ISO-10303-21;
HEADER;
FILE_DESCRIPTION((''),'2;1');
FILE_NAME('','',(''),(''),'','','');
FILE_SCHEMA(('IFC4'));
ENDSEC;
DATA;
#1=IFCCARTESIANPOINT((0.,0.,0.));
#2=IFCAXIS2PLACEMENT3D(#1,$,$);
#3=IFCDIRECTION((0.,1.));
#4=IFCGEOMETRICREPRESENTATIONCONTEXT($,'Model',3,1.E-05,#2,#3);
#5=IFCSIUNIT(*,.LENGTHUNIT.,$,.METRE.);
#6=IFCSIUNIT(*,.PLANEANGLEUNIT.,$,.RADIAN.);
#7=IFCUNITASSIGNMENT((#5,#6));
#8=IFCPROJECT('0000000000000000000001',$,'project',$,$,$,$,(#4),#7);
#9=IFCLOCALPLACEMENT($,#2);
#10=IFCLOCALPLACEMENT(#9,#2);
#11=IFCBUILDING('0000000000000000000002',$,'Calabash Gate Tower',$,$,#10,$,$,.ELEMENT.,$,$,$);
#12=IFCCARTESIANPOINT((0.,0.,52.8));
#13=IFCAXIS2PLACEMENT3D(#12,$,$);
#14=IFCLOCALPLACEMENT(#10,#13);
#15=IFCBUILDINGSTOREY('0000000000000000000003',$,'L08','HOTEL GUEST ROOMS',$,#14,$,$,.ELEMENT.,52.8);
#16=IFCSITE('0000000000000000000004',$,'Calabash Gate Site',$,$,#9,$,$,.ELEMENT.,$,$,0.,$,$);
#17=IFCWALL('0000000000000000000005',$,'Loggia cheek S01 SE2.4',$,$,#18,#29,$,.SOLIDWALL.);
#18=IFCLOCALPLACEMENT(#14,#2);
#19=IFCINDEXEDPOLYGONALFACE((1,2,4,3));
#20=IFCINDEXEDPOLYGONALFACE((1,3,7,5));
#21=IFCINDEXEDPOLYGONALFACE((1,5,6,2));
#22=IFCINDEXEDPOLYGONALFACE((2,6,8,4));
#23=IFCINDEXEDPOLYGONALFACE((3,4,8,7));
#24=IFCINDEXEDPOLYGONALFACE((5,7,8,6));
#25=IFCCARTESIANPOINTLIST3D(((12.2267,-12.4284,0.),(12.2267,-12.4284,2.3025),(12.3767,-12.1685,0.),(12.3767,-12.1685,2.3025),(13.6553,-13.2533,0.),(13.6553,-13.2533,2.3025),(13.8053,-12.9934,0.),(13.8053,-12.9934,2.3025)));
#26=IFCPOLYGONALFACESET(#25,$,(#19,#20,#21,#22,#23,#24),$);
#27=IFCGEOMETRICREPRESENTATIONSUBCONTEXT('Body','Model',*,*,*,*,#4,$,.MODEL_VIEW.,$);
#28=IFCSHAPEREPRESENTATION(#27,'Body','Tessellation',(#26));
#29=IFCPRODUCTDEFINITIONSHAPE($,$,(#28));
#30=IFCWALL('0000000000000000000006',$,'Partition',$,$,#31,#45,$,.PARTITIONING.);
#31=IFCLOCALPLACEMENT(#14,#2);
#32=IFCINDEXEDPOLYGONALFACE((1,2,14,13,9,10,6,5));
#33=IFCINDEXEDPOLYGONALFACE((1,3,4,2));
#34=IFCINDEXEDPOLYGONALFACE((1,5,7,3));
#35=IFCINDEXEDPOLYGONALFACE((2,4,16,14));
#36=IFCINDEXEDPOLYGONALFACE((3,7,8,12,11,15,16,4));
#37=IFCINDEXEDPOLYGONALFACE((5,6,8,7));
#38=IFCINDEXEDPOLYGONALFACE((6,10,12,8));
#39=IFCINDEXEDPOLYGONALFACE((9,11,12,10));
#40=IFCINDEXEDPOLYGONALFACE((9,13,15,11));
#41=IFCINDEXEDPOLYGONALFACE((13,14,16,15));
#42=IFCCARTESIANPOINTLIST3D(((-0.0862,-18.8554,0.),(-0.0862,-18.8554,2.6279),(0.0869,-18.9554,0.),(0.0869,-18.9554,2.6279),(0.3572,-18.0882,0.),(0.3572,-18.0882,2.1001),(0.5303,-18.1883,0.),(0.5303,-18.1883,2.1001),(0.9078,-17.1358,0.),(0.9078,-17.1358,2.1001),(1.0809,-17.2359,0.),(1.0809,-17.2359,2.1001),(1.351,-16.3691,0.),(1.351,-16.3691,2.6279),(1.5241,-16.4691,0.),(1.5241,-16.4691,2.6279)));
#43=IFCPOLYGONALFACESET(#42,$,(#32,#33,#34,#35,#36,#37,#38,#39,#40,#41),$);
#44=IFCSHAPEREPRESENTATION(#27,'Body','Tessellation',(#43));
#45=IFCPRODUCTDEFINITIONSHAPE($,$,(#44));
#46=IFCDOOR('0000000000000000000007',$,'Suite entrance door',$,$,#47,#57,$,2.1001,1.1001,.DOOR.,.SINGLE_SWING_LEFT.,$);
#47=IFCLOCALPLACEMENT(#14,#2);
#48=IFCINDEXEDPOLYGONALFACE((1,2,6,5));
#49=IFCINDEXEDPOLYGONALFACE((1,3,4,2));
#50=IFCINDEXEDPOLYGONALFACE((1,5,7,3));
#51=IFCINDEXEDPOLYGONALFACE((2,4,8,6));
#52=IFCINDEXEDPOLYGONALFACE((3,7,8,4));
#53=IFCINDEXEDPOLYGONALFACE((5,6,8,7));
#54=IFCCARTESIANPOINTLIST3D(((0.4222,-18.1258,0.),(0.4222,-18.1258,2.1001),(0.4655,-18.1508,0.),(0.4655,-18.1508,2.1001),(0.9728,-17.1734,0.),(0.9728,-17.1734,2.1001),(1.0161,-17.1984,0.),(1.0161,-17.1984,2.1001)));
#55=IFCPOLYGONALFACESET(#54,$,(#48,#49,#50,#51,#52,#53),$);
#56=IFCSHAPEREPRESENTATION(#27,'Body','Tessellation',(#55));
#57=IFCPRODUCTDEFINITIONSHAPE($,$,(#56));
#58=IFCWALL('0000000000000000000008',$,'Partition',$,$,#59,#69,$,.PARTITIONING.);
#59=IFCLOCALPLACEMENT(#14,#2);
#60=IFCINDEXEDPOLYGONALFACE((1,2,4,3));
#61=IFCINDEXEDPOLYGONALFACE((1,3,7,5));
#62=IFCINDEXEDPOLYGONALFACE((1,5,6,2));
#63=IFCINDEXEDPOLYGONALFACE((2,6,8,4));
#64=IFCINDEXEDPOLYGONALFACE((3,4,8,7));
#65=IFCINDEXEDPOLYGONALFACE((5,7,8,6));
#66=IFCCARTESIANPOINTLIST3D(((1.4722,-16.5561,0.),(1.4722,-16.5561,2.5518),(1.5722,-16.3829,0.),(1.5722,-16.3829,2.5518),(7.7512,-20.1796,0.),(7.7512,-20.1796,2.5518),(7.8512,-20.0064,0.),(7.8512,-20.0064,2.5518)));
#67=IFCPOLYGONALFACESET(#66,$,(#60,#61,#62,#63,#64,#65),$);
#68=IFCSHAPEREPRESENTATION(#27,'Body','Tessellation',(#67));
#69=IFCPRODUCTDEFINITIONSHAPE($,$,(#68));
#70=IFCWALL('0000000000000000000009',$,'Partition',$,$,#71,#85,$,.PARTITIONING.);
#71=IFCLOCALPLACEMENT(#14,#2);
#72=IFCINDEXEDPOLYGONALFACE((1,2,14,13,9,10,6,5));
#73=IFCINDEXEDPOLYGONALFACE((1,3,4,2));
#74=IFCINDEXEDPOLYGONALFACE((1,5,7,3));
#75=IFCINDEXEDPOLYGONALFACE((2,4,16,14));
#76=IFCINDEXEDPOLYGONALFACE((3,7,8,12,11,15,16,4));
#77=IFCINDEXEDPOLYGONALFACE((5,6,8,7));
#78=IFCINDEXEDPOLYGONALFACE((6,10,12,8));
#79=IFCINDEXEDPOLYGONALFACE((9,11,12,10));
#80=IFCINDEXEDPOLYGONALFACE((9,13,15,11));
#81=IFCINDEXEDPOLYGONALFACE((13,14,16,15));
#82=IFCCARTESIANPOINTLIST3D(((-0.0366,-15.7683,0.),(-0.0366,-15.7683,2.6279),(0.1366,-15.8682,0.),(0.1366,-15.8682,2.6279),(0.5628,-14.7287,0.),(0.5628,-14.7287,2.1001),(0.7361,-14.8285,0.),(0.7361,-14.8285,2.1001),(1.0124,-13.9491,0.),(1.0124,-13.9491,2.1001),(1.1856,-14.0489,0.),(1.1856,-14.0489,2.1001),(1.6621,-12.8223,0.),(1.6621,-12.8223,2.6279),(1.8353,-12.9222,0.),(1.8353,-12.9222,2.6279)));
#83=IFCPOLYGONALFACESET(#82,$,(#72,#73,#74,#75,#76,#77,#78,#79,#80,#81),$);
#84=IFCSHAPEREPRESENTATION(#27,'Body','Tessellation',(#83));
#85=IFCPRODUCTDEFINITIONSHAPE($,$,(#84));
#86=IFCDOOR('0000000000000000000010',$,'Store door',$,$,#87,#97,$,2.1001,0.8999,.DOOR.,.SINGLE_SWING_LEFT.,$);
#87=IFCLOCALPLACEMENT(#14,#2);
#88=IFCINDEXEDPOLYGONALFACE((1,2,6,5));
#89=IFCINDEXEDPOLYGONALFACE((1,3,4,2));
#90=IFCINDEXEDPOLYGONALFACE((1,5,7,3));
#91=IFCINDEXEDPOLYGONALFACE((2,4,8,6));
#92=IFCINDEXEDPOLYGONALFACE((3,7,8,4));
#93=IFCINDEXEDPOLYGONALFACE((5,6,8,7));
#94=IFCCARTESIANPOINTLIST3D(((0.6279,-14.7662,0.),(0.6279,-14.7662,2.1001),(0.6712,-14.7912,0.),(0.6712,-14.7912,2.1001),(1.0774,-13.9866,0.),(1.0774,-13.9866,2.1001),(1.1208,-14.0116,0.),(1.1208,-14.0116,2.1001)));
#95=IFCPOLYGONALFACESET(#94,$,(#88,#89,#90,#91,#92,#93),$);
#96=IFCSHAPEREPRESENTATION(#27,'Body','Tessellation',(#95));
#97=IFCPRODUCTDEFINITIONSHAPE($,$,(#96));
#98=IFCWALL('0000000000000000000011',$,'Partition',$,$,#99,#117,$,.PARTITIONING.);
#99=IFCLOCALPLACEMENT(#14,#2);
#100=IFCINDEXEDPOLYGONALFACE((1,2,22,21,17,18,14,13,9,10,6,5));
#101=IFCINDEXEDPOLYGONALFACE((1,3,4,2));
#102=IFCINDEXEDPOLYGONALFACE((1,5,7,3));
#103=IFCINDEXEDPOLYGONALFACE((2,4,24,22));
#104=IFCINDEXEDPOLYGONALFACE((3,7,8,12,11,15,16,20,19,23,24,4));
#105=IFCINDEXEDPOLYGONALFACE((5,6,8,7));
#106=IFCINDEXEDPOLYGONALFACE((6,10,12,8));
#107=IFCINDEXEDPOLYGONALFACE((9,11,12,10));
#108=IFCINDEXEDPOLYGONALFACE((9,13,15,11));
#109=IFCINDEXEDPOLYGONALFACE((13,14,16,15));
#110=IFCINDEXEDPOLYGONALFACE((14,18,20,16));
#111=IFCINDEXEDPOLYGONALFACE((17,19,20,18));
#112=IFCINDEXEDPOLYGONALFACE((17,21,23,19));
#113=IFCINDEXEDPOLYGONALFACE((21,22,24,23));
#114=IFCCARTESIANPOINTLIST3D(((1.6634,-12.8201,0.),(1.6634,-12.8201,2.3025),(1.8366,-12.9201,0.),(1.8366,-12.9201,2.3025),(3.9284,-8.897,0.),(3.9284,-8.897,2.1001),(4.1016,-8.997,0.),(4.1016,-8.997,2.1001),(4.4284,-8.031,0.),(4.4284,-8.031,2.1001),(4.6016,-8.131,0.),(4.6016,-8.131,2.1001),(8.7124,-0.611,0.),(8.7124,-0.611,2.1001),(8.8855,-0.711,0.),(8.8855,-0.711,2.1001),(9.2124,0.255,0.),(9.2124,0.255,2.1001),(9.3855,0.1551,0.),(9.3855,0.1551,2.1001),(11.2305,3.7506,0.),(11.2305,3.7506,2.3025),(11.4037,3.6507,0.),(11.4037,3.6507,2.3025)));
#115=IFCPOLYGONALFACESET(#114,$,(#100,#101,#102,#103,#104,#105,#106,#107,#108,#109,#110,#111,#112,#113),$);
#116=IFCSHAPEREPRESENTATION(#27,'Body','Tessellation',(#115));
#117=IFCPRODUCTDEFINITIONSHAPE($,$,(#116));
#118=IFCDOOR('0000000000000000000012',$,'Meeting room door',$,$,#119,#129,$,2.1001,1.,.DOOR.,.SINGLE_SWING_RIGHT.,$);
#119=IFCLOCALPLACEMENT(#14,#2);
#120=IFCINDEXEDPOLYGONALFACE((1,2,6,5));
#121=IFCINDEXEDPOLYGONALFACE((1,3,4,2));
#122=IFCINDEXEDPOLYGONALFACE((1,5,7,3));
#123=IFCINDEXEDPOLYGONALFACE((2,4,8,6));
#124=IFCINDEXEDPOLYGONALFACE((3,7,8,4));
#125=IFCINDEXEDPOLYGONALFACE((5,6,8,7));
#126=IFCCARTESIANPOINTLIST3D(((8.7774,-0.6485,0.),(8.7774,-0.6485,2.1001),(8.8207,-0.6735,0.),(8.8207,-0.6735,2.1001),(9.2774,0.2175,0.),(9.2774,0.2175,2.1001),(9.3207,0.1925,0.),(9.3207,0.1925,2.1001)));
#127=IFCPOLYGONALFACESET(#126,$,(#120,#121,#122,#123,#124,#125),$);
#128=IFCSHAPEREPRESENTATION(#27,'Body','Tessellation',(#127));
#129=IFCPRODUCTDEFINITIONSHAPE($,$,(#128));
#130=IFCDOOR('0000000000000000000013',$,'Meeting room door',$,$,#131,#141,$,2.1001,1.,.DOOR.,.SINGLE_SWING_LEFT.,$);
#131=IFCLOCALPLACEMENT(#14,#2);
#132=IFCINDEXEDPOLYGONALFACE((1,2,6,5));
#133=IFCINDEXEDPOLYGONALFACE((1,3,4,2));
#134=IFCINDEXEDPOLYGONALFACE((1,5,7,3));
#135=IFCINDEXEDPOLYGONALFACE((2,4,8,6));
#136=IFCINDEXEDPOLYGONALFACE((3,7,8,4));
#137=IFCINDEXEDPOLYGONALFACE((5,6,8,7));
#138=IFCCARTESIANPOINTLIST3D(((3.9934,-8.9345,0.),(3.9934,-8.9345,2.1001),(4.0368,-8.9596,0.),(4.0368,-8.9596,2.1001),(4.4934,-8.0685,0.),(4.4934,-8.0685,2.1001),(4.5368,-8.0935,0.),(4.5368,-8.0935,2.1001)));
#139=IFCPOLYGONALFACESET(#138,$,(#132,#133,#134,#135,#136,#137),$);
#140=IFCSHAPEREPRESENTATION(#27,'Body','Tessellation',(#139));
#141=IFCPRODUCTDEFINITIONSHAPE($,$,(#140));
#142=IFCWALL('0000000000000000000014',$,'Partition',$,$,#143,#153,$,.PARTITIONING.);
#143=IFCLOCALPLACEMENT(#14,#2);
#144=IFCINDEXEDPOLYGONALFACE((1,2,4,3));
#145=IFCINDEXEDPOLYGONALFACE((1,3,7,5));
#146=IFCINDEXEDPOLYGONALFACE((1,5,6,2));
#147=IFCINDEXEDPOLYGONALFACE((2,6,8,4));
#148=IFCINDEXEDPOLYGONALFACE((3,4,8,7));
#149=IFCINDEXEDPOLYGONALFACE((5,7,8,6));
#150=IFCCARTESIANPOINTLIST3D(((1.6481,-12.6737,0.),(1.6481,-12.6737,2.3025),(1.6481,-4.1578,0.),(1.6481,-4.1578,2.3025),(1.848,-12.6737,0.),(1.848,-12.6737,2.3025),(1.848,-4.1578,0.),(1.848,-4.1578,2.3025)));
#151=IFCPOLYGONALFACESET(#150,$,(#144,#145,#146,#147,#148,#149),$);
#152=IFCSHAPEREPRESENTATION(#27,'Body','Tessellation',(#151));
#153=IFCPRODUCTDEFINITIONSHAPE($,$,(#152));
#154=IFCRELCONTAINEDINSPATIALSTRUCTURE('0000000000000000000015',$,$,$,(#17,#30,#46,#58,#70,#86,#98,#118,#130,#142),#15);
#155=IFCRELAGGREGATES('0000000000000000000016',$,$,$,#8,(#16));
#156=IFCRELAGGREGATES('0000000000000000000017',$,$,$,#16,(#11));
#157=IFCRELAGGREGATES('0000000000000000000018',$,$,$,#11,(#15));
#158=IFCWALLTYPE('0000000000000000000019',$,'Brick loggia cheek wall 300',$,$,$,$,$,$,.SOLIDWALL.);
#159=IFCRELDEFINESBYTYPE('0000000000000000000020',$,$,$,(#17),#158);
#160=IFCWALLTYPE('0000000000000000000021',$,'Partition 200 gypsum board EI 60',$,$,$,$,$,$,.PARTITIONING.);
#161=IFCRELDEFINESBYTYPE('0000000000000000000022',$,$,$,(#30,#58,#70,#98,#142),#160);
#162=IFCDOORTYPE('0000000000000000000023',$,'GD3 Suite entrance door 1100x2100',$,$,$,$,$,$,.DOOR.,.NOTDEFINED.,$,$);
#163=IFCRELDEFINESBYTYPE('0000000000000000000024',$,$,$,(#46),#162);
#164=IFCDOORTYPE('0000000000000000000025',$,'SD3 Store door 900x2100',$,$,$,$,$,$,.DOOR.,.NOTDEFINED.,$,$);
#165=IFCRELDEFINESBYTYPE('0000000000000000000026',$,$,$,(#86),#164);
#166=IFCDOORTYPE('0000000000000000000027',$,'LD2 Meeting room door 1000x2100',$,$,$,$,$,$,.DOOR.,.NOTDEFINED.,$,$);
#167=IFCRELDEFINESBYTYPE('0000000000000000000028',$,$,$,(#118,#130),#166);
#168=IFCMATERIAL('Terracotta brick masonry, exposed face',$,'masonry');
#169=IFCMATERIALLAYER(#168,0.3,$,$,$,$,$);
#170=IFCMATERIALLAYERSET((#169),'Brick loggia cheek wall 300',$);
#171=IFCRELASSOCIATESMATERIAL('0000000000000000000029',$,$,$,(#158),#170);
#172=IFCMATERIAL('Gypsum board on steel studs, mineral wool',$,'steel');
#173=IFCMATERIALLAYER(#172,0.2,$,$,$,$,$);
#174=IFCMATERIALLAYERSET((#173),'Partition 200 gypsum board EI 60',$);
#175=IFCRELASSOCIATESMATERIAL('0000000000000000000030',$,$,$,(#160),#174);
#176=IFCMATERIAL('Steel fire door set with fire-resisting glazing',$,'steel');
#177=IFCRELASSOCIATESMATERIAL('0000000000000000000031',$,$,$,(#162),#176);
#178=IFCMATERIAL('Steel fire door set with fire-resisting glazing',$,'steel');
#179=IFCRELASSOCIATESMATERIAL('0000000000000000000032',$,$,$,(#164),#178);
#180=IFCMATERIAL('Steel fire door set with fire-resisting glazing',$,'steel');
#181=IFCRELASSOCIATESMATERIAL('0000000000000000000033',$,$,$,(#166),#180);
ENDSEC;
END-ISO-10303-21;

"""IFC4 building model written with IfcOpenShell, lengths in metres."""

from ifc_helpers import new_model, si_unit, direction, frame, frame_2d, origin, place, context, subcontext, project, spatial, rectangle, extrude, material, layer, layer_set, type_object, element, fill, save


model = new_model("IFC4")

# Units and contexts
model_context = context("Model", 3, precision=1e-05, world=origin(), true_north=direction((0.0, 1.0)))
body_context = subcontext(model_context, "Body", "Model", "MODEL_VIEW")
ifc_project = project(units=[si_unit("LENGTHUNIT", "METRE"), si_unit("PLANEANGLEUNIT", "RADIAN")], contexts=[model_context])

# Site, building, storey
site_placement = place(None, origin())
site = spatial("IfcSite", under=ifc_project, at=site_placement, Name="Calabash Gate Site", CompositionType="ELEMENT", RefElevation=0.0)
building_placement = place(site_placement, origin())
building = spatial("IfcBuilding", under=site, at=building_placement, Name="Calabash Gate Tower", CompositionType="ELEMENT")
storey_placement = place(building_placement, frame((0.0, 0.0, 52.8)))
storey = spatial("IfcBuildingStorey", under=building, at=storey_placement, Name="L08", Description="HOTEL GUEST ROOMS", CompositionType="ELEMENT", Elevation=52.8)

# Wall
ifc_material_1 = material(Name="Terracotta brick masonry, exposed face", Category="masonry")
ifc_layer_1 = layer(ifc_material_1, 0.3)
ifc_layer_set_1 = layer_set([ifc_layer_1], Name="Brick loggia cheek wall 300")
wall_type_1 = type_object("IfcWallType", Name="Brick loggia cheek wall 300", PredefinedType="SOLIDWALL", material=ifc_layer_set_1)
wall_1_placement = place(storey_placement, frame((13.7302, -13.1233, 0.0), z_axis=(0.0, 0.0, 1.0), x_axis=(-0.866003, 0.500038, 0.0)))
element("IfcWall", 1, at=wall_1_placement, inside=storey, type_object=wall_type_1, Name="Loggia cheek S01 SE2.4", PredefinedType="SOLIDWALL", context=body_context, shape_type="SweptSolid", body=[
    extrude(rectangle(XDim=1.6497, YDim=0.3, at=frame_2d((0.8247, 0.0))), origin(), (0.0, 0.0, 1.0), 2.3025),
])

# Wall, opening, door
ifc_material_2 = material(Name="Gypsum board on steel studs, mineral wool", Category="steel")
ifc_layer_2 = layer(ifc_material_2, 0.2)
ifc_layer_set_2 = layer_set([ifc_layer_2], Name="Partition 200 gypsum board EI 60")
wall_type_2 = type_object("IfcWallType", Name="Partition 200 gypsum board EI 60", PredefinedType="PARTITIONING", material=ifc_layer_set_2)
wall_2_placement = place(storey_placement, frame((0.0002, -18.9055, 0.0), z_axis=(0.0, 0.0, 1.0), x_axis=(0.500463, 0.865758, 0.0)))
wall_2 = element("IfcWall", 2, at=wall_2_placement, inside=storey, type_object=wall_type_2, Name="Partition", PredefinedType="PARTITIONING", context=body_context, shape_type="SweptSolid", body=[
    extrude(rectangle(XDim=2.8718, YDim=0.2, at=frame_2d((1.436, 0.0))), origin(), (0.0, 0.0, 1.0), 2.6279),
])
opening_1_placement = place(wall_2_placement, frame((0.8862, 0.0, 0.0)))
opening_1 = element("IfcOpeningElement", 3, at=opening_1_placement, cuts=wall_2, PredefinedType="OPENING", context=body_context, shape_type="SweptSolid", body=[
    extrude(rectangle(XDim=1.1001, YDim=2.1001, at=frame_2d((0.55, 1.05))), frame((0.0, 0.1099, 0.0), z_axis=(0.0, -1.0, 0.0), x_axis=(1.0, 0.0, 0.0)), (0.0, 0.0, 1.0), 0.22),
])
ifc_material_3 = material(Name="Steel fire door set with fire-resisting glazing", Category="steel")
door_type_1 = type_object("IfcDoorType", Name="GD3 Suite entrance door 1100x2100", OperationType="NOTDEFINED", PredefinedType="DOOR", material=ifc_material_3)
door_1_placement = place(opening_1_placement, origin())
door_1 = element("IfcDoor", 4, at=door_1_placement, inside=storey, type_object=door_type_1, Name="Suite entrance door", OperationType="SINGLE_SWING_LEFT", OverallHeight=2.1001, OverallWidth=1.1001, PredefinedType="DOOR", context=body_context, shape_type="SweptSolid", body=[
    extrude(rectangle(XDim=1.1001, YDim=2.1001, at=frame_2d((0.55, 1.05))), frame((0.0, 0.0249, 0.0), z_axis=(0.0, -1.0, 0.0), x_axis=(1.0, 0.0, 0.0)), (0.0, 0.0, 1.0), 0.05),
])
fill(opening_1, door_1)

# Wall
wall_3_placement = place(storey_placement, frame((1.5222, -16.4695, 0.0), z_axis=(0.0, 0.0, 1.0), x_axis=(0.866126, -0.499826, 0.0)))
element("IfcWall", 5, at=wall_3_placement, inside=storey, type_object=wall_type_2, Name="Partition", PredefinedType="PARTITIONING", context=body_context, shape_type="SweptSolid", body=[
    extrude(rectangle(XDim=7.2495, YDim=0.2, at=frame_2d((3.6248, 0.0))), origin(), (0.0, 0.0, 1.0), 2.5518),
])

# Wall, opening, door
wall_4_placement = place(storey_placement, frame((0.05, -15.8181, 0.0), z_axis=(0.0, 0.0, 1.0), x_axis=(0.499521, 0.866301, 0.0)))
wall_4 = element("IfcWall", 6, at=wall_4_placement, inside=storey, type_object=wall_type_2, Name="Partition", PredefinedType="PARTITIONING", context=body_context, shape_type="SweptSolid", body=[
    extrude(rectangle(XDim=3.4006, YDim=0.2, at=frame_2d((1.7002, 0.0))), origin(), (0.0, 0.0, 1.0), 2.6279),
])
opening_2_placement = place(wall_4_placement, frame((1.2, 0.0, 0.0)))
opening_2 = element("IfcOpeningElement", 7, at=opening_2_placement, cuts=wall_4, PredefinedType="OPENING", context=body_context, shape_type="SweptSolid", body=[
    extrude(rectangle(XDim=0.8999, YDim=2.1001, at=frame_2d((0.45, 1.05))), frame((0.0, 0.1099, 0.0), z_axis=(0.0, -1.0, 0.0), x_axis=(1.0, 0.0, 0.0)), (0.0, 0.0, 1.0), 0.22),
])
ifc_material_4 = material(Name="Steel fire door set with fire-resisting glazing", Category="steel")
door_type_2 = type_object("IfcDoorType", Name="SD3 Store door 900x2100", OperationType="NOTDEFINED", PredefinedType="DOOR", material=ifc_material_4)
door_2_placement = place(opening_2_placement, origin())
door_2 = element("IfcDoor", 8, at=door_2_placement, inside=storey, type_object=door_type_2, Name="Store door", OperationType="SINGLE_SWING_LEFT", OverallHeight=2.1001, OverallWidth=0.8999, PredefinedType="DOOR", context=body_context, shape_type="SweptSolid", body=[
    extrude(rectangle(XDim=0.8999, YDim=2.1001, at=frame_2d((0.45, 1.05))), frame((0.0, 0.0249, 0.0), z_axis=(0.0, -1.0, 0.0), x_axis=(1.0, 0.0, 0.0)), (0.0, 0.0, 1.0), 0.05),
])
fill(opening_2, door_2)

# Wall, openings, doors
wall_5_placement = place(storey_placement, frame((1.75, -12.8701, 0.0), z_axis=(0.0, 0.0, 1.0), x_axis=(0.499999, 0.866026, 0.0)))
wall_5 = element("IfcWall", 9, at=wall_5_placement, inside=storey, type_object=wall_type_2, Name="Partition", PredefinedType="PARTITIONING", context=body_context, shape_type="SweptSolid", body=[
    extrude(rectangle(XDim=19.1343, YDim=0.2, at=frame_2d((9.5671, 0.0))), origin(), (0.0, 0.0, 1.0), 2.3025),
])
opening_3_placement = place(wall_5_placement, frame((14.0979, 0.0, 0.0)))
opening_3 = element("IfcOpeningElement", 10, at=opening_3_placement, cuts=wall_5, PredefinedType="OPENING", context=body_context, shape_type="SweptSolid", body=[
    extrude(rectangle(XDim=1.0, YDim=2.1001, at=frame_2d((0.5, 1.05))), frame((0.0, 0.1099, 0.0), z_axis=(0.0, -1.0, 0.0), x_axis=(1.0, 0.0, 0.0)), (0.0, 0.0, 1.0), 0.22),
])
opening_4_placement = place(wall_5_placement, frame((4.53, 0.0, 0.0)))
opening_4 = element("IfcOpeningElement", 11, at=opening_4_placement, cuts=wall_5, PredefinedType="OPENING", context=body_context, shape_type="SweptSolid", body=[
    extrude(rectangle(XDim=1.0, YDim=2.1001, at=frame_2d((0.5, 1.05))), frame((0.0, 0.1099, 0.0), z_axis=(0.0, -1.0, 0.0), x_axis=(1.0, 0.0, 0.0)), (0.0, 0.0, 1.0), 0.22),
])
ifc_material_5 = material(Name="Steel fire door set with fire-resisting glazing", Category="steel")
door_type_3 = type_object("IfcDoorType", Name="LD2 Meeting room door 1000x2100", OperationType="NOTDEFINED", PredefinedType="DOOR", material=ifc_material_5)
door_3_placement = place(opening_3_placement, origin())
door_3 = element("IfcDoor", 12, at=door_3_placement, inside=storey, type_object=door_type_3, Name="Meeting room door", OperationType="SINGLE_SWING_RIGHT", OverallHeight=2.1001, OverallWidth=1.0, PredefinedType="DOOR", context=body_context, shape_type="SweptSolid", body=[
    extrude(rectangle(XDim=1.0, YDim=2.1001, at=frame_2d((0.5, 1.05))), frame((0.0, 0.0249, 0.0), z_axis=(0.0, -1.0, 0.0), x_axis=(1.0, 0.0, 0.0)), (0.0, 0.0, 1.0), 0.05),
])
fill(opening_3, door_3)
door_4_placement = place(opening_4_placement, origin())
door_4 = element("IfcDoor", 13, at=door_4_placement, inside=storey, type_object=door_type_3, Name="Meeting room door", OperationType="SINGLE_SWING_LEFT", OverallHeight=2.1001, OverallWidth=1.0, PredefinedType="DOOR", context=body_context, shape_type="SweptSolid", body=[
    extrude(rectangle(XDim=1.0, YDim=2.1001, at=frame_2d((0.5, 1.05))), frame((0.0, 0.0249, 0.0), z_axis=(0.0, -1.0, 0.0), x_axis=(1.0, 0.0, 0.0)), (0.0, 0.0, 1.0), 0.05),
])
fill(opening_4, door_4)

# Wall
wall_6_placement = place(storey_placement, frame((1.748, -12.6736, 0.0), z_axis=(0.0, 0.0, 1.0), x_axis=(0.0, 1.0, 0.0)))
element("IfcWall", 14, at=wall_6_placement, inside=storey, type_object=wall_type_2, Name="Partition", PredefinedType="PARTITIONING", context=body_context, shape_type="SweptSolid", body=[
    extrude(rectangle(XDim=8.5159, YDim=0.2, at=frame_2d((4.2578, 0.0))), origin(), (0.0, 0.0, 1.0), 2.3025),
])

save(model, "model.ifc")
